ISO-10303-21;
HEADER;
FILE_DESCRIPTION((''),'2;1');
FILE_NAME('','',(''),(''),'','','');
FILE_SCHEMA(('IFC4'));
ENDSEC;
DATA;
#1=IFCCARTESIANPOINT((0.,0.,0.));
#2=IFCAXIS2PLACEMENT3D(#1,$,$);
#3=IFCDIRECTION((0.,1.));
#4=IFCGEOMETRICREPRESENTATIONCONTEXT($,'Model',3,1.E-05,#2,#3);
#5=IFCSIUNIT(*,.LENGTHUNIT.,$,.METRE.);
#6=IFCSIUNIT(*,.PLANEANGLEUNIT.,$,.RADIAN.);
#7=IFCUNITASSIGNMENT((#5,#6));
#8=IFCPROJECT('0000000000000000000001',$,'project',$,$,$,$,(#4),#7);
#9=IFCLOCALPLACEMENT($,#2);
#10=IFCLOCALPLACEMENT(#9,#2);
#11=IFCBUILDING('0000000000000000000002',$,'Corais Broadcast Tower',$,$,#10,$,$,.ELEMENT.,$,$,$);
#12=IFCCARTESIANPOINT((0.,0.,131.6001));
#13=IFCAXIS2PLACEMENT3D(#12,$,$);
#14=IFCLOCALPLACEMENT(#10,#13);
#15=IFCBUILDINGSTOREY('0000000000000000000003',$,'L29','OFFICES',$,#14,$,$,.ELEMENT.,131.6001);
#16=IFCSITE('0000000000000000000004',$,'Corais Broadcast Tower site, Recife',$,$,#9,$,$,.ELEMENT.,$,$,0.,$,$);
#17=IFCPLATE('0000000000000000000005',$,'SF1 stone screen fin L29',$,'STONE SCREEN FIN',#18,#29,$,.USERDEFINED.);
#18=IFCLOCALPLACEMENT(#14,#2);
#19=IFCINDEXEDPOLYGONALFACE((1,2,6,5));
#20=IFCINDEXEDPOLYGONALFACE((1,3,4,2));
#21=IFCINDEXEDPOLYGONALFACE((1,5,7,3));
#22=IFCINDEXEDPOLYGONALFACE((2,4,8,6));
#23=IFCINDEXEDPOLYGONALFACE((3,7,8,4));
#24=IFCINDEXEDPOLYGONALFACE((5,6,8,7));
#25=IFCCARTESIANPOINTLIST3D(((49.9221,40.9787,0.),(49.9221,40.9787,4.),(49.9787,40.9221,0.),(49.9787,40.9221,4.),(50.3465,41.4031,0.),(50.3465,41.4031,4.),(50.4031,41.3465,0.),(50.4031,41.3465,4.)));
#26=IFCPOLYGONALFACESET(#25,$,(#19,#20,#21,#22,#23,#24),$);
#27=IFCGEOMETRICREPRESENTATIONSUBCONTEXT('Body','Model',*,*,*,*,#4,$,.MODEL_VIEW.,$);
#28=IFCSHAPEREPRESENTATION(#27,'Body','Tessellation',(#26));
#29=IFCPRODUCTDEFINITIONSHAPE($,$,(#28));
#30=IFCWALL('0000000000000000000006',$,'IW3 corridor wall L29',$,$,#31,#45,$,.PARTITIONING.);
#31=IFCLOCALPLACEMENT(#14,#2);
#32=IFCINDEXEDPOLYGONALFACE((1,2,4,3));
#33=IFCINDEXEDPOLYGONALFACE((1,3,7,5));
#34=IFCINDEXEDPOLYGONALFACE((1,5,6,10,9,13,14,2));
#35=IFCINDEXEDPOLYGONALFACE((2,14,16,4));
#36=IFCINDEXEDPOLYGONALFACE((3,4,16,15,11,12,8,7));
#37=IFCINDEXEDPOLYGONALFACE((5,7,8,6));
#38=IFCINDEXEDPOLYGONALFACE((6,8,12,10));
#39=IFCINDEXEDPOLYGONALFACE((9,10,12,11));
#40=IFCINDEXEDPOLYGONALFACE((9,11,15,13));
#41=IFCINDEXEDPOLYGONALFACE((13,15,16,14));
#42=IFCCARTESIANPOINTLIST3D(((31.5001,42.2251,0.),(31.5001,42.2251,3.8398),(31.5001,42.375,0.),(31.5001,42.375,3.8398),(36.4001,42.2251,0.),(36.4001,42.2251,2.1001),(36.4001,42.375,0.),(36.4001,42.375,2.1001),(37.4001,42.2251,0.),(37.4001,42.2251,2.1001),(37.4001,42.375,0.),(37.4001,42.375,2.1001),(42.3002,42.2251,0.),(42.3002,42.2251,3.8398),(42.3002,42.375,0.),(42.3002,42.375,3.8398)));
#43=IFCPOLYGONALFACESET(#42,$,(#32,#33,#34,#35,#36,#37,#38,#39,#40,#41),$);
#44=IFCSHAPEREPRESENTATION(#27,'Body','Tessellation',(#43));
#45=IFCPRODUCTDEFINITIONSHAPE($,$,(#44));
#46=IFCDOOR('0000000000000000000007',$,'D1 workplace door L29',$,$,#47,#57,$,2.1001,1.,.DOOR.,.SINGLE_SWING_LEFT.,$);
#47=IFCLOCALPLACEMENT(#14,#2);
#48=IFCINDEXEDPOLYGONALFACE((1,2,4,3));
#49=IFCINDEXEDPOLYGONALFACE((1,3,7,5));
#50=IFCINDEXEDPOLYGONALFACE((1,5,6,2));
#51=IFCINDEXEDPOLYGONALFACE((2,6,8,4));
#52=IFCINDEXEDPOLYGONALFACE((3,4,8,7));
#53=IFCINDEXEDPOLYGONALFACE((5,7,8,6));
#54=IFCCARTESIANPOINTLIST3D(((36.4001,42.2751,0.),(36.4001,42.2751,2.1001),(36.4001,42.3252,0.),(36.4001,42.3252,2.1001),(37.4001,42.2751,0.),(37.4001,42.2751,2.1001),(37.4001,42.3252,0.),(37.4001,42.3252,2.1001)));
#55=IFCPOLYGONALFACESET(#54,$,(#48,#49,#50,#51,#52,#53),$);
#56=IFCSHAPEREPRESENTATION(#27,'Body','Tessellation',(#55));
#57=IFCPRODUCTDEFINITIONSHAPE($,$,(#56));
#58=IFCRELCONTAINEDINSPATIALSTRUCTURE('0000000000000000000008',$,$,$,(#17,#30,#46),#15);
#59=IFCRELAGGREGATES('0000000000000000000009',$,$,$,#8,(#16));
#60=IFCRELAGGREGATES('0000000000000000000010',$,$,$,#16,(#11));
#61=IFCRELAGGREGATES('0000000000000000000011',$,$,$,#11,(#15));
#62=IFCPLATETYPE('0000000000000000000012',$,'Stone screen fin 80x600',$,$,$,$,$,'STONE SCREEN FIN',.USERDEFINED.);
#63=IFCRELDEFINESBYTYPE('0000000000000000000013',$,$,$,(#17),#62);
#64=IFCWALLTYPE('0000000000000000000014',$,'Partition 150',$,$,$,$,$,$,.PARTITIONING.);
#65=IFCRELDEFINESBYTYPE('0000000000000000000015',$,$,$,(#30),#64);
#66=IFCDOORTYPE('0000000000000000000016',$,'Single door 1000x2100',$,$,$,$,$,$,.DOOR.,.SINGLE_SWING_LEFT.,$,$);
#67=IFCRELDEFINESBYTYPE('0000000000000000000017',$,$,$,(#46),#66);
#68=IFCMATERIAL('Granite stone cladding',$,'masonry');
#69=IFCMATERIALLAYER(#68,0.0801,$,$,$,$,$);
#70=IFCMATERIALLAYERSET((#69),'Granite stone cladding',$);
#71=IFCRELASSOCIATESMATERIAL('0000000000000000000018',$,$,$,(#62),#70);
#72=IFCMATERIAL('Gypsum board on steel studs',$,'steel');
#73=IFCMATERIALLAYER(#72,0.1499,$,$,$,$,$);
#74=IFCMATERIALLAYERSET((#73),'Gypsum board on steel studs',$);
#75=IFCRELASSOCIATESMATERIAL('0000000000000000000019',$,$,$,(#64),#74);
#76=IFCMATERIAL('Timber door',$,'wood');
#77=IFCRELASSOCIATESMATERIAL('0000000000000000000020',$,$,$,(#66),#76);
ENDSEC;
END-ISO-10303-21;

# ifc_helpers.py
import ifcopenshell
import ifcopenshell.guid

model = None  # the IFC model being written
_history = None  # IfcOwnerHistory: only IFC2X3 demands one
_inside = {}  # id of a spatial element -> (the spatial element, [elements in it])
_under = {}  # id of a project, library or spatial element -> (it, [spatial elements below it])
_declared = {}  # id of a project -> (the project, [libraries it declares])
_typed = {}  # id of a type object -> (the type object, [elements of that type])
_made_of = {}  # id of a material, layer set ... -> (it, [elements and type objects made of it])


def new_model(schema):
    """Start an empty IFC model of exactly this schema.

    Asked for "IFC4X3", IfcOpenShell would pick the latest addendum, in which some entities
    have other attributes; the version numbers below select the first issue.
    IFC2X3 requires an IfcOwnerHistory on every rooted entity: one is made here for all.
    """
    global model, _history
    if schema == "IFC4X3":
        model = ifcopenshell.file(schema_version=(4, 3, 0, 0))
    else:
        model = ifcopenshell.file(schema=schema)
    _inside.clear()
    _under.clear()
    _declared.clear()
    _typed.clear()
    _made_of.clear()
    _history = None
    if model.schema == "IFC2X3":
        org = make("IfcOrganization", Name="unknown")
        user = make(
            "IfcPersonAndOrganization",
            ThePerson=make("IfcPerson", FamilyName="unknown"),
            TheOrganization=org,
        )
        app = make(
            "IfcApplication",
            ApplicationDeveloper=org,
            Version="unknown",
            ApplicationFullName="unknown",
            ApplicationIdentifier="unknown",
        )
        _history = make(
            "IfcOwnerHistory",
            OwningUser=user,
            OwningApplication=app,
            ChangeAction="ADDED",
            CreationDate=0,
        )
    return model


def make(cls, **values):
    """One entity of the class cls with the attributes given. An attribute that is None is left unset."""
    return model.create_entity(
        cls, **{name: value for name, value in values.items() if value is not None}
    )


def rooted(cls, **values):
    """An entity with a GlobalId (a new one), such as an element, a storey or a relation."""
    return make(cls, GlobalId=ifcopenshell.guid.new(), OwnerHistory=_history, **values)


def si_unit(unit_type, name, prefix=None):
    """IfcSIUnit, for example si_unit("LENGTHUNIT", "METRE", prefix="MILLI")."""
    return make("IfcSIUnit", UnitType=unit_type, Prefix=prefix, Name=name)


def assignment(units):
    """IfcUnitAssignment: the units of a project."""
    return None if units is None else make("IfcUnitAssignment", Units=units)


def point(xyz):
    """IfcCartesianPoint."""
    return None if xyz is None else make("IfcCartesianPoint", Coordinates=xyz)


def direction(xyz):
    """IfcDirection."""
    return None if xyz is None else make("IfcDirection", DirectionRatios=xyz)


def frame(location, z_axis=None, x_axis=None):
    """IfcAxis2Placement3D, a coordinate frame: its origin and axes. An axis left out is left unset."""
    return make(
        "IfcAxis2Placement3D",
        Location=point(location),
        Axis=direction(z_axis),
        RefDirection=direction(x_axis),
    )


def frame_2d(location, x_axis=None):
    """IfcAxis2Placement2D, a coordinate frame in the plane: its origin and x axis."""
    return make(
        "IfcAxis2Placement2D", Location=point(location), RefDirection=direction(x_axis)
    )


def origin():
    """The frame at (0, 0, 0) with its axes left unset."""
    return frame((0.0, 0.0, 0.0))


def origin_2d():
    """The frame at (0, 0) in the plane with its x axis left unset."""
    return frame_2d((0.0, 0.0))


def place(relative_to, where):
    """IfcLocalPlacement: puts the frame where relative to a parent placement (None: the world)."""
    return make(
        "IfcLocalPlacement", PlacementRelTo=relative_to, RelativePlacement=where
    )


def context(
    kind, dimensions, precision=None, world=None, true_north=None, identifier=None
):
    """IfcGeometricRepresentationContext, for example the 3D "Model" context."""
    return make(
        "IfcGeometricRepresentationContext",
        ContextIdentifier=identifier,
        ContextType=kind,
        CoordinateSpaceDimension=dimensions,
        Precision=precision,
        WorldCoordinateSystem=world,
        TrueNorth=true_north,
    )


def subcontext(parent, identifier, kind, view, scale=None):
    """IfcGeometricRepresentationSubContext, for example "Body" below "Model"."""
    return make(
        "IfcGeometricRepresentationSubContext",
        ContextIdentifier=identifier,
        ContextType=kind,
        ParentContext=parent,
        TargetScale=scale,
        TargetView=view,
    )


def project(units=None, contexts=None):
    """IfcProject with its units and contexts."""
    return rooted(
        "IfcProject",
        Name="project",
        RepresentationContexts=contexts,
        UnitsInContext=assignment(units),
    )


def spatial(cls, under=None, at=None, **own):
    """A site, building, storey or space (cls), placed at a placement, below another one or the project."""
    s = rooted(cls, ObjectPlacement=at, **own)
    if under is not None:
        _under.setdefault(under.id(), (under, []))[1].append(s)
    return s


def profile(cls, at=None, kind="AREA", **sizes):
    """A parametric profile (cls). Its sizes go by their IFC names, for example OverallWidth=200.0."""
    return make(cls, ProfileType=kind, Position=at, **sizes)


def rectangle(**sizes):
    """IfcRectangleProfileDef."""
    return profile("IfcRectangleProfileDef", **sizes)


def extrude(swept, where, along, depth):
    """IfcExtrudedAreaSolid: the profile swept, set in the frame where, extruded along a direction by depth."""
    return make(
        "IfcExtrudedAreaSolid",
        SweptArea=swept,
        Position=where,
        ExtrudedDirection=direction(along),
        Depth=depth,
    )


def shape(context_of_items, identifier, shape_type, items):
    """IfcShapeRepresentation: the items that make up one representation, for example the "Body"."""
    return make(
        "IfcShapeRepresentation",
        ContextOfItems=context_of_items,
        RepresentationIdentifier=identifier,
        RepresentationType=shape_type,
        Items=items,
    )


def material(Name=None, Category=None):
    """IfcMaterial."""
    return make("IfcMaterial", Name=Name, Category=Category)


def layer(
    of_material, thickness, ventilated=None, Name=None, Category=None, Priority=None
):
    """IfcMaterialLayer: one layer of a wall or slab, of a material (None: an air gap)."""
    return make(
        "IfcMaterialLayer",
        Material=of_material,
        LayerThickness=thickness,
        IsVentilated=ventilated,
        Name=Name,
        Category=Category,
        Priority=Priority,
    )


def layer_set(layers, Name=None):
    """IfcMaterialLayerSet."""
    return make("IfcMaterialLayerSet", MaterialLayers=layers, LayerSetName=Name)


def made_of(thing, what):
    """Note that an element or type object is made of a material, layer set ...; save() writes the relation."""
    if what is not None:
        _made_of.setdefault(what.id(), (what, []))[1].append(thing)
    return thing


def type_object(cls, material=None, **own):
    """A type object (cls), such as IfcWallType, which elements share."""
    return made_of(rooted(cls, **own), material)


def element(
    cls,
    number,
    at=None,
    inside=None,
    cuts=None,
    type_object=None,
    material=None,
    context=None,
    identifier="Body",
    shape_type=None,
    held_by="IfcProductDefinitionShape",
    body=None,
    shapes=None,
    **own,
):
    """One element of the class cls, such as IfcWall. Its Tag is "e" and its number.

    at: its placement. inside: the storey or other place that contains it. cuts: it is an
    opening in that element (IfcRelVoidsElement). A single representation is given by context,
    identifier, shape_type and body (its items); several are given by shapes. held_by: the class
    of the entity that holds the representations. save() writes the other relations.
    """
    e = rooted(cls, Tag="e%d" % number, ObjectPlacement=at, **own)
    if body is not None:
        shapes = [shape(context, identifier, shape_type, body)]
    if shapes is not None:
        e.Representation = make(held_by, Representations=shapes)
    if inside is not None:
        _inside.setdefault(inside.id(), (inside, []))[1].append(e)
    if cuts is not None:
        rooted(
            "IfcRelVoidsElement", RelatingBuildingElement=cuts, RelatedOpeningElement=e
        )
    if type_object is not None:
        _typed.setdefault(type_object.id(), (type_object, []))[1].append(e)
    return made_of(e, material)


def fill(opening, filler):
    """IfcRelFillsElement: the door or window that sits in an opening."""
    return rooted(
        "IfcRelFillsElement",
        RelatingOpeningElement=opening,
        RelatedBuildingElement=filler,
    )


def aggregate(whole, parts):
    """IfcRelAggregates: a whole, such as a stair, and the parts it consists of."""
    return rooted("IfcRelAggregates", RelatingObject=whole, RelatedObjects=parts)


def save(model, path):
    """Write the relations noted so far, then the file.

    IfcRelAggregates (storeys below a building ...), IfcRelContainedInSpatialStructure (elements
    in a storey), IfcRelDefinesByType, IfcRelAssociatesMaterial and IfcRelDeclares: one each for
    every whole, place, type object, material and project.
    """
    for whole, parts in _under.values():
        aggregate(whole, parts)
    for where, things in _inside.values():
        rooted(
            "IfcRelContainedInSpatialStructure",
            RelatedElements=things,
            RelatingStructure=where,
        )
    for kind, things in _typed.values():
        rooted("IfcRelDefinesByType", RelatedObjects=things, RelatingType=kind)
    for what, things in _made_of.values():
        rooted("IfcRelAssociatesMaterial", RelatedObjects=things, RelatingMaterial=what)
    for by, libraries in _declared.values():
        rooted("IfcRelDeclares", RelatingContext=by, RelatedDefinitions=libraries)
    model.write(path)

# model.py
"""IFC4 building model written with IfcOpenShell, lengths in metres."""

from ifc_helpers import new_model, si_unit, direction, frame, frame_2d, origin, origin_2d, place, context, subcontext, project, spatial, rectangle, extrude, material, layer, layer_set, type_object, element, fill, save


model = new_model("IFC4")

# Units and contexts
model_context = context("Model", 3, precision=1e-05, world=origin(), true_north=direction((0.0, 1.0)))
body_context = subcontext(model_context, "Body", "Model", "MODEL_VIEW")
ifc_project = project(units=[si_unit("LENGTHUNIT", "METRE"), si_unit("PLANEANGLEUNIT", "RADIAN")], contexts=[model_context])

# Site, building, storey
site_placement = place(None, origin())
site = spatial("IfcSite", under=ifc_project, at=site_placement, Name="Corais Broadcast Tower site, Recife", CompositionType="ELEMENT", RefElevation=0.0)
building_placement = place(site_placement, origin())
building = spatial("IfcBuilding", under=site, at=building_placement, Name="Corais Broadcast Tower", CompositionType="ELEMENT")
storey_placement = place(building_placement, frame((0.0, 0.0, 131.6001)))
storey = spatial("IfcBuildingStorey", under=building, at=storey_placement, Name="L29", Description="OFFICES", CompositionType="ELEMENT", Elevation=131.6001)

# Plate
ifc_material_1 = material(Name="Granite stone cladding", Category="masonry")
ifc_layer_1 = layer(ifc_material_1, 0.0801)
ifc_layer_set_1 = layer_set([ifc_layer_1], Name="Granite stone cladding")
plate_type_1 = type_object("IfcPlateType", Name="Stone screen fin 80x600", ElementType="STONE SCREEN FIN", PredefinedType="USERDEFINED", material=ifc_layer_set_1)
for number, where, z_axis, x_axis, name in (
    (1, (50.1626, 41.1626, 0.0), (0.0, 0.0, 1.0), (0.707107, -0.707107, 0.0), "SF1 stone screen fin L29"),
):
    element("IfcPlate", number, at=place(storey_placement, frame(where, z_axis=z_axis, x_axis=x_axis)), inside=storey, type_object=plate_type_1, Name=name, ObjectType="STONE SCREEN FIN", PredefinedType="USERDEFINED", context=body_context, shape_type="SweptSolid", body=[
        extrude(rectangle(XDim=0.0801, YDim=0.6001, at=origin_2d()), origin(), (0.0, 0.0, 1.0), 4.0),
    ])

# Wall, opening, door
ifc_material_2 = material(Name="Gypsum board on steel studs", Category="steel")
ifc_layer_2 = layer(ifc_material_2, 0.1499)
ifc_layer_set_2 = layer_set([ifc_layer_2], Name="Gypsum board on steel studs")
wall_type = type_object("IfcWallType", Name="Partition 150", PredefinedType="PARTITIONING", material=ifc_layer_set_2)
wall_placement = place(storey_placement, frame((42.3, 42.3, 0.0), z_axis=(0.0, 0.0, 1.0), x_axis=(-1.0, 0.0, 0.0)))
wall = element("IfcWall", 2, at=wall_placement, inside=storey, type_object=wall_type, Name="IW3 corridor wall L29", PredefinedType="PARTITIONING", context=body_context, shape_type="SweptSolid", body=[
    extrude(rectangle(XDim=10.8, YDim=0.1499, at=frame_2d((5.3999, 0.0))), origin(), (0.0, 0.0, 1.0), 3.8398),
])
opening_placement = place(wall_placement, frame((4.8999, 0.0, 0.0)))
opening = element("IfcOpeningElement", 3, at=opening_placement, cuts=wall, PredefinedType="OPENING", context=body_context, shape_type="SweptSolid", body=[
    extrude(rectangle(XDim=1.0, YDim=2.1001, at=frame_2d((0.5, 1.05))), frame((0.0, 0.085, 0.0), z_axis=(0.0, -1.0, 0.0), x_axis=(1.0, 0.0, 0.0)), (0.0, 0.0, 1.0), 0.1699),
])
ifc_material_3 = material(Name="Timber door", Category="wood")
door_type = type_object("IfcDoorType", Name="Single door 1000x2100", OperationType="SINGLE_SWING_LEFT", PredefinedType="DOOR", material=ifc_material_3)
door_placement = place(opening_placement, origin())
door = element("IfcDoor", 4, at=door_placement, inside=storey, type_object=door_type, Name="D1 workplace door L29", OperationType="SINGLE_SWING_LEFT", OverallHeight=2.1001, OverallWidth=1.0, PredefinedType="DOOR", context=body_context, shape_type="SweptSolid", body=[
    extrude(rectangle(XDim=1.0, YDim=2.1001, at=frame_2d((0.5, 1.05))), frame((0.0, 0.0249, 0.0), z_axis=(0.0, -1.0, 0.0), x_axis=(1.0, 0.0, 0.0)), (0.0, 0.0, 1.0), 0.05),
])
fill(opening, door)

save(model, "model.ifc")
